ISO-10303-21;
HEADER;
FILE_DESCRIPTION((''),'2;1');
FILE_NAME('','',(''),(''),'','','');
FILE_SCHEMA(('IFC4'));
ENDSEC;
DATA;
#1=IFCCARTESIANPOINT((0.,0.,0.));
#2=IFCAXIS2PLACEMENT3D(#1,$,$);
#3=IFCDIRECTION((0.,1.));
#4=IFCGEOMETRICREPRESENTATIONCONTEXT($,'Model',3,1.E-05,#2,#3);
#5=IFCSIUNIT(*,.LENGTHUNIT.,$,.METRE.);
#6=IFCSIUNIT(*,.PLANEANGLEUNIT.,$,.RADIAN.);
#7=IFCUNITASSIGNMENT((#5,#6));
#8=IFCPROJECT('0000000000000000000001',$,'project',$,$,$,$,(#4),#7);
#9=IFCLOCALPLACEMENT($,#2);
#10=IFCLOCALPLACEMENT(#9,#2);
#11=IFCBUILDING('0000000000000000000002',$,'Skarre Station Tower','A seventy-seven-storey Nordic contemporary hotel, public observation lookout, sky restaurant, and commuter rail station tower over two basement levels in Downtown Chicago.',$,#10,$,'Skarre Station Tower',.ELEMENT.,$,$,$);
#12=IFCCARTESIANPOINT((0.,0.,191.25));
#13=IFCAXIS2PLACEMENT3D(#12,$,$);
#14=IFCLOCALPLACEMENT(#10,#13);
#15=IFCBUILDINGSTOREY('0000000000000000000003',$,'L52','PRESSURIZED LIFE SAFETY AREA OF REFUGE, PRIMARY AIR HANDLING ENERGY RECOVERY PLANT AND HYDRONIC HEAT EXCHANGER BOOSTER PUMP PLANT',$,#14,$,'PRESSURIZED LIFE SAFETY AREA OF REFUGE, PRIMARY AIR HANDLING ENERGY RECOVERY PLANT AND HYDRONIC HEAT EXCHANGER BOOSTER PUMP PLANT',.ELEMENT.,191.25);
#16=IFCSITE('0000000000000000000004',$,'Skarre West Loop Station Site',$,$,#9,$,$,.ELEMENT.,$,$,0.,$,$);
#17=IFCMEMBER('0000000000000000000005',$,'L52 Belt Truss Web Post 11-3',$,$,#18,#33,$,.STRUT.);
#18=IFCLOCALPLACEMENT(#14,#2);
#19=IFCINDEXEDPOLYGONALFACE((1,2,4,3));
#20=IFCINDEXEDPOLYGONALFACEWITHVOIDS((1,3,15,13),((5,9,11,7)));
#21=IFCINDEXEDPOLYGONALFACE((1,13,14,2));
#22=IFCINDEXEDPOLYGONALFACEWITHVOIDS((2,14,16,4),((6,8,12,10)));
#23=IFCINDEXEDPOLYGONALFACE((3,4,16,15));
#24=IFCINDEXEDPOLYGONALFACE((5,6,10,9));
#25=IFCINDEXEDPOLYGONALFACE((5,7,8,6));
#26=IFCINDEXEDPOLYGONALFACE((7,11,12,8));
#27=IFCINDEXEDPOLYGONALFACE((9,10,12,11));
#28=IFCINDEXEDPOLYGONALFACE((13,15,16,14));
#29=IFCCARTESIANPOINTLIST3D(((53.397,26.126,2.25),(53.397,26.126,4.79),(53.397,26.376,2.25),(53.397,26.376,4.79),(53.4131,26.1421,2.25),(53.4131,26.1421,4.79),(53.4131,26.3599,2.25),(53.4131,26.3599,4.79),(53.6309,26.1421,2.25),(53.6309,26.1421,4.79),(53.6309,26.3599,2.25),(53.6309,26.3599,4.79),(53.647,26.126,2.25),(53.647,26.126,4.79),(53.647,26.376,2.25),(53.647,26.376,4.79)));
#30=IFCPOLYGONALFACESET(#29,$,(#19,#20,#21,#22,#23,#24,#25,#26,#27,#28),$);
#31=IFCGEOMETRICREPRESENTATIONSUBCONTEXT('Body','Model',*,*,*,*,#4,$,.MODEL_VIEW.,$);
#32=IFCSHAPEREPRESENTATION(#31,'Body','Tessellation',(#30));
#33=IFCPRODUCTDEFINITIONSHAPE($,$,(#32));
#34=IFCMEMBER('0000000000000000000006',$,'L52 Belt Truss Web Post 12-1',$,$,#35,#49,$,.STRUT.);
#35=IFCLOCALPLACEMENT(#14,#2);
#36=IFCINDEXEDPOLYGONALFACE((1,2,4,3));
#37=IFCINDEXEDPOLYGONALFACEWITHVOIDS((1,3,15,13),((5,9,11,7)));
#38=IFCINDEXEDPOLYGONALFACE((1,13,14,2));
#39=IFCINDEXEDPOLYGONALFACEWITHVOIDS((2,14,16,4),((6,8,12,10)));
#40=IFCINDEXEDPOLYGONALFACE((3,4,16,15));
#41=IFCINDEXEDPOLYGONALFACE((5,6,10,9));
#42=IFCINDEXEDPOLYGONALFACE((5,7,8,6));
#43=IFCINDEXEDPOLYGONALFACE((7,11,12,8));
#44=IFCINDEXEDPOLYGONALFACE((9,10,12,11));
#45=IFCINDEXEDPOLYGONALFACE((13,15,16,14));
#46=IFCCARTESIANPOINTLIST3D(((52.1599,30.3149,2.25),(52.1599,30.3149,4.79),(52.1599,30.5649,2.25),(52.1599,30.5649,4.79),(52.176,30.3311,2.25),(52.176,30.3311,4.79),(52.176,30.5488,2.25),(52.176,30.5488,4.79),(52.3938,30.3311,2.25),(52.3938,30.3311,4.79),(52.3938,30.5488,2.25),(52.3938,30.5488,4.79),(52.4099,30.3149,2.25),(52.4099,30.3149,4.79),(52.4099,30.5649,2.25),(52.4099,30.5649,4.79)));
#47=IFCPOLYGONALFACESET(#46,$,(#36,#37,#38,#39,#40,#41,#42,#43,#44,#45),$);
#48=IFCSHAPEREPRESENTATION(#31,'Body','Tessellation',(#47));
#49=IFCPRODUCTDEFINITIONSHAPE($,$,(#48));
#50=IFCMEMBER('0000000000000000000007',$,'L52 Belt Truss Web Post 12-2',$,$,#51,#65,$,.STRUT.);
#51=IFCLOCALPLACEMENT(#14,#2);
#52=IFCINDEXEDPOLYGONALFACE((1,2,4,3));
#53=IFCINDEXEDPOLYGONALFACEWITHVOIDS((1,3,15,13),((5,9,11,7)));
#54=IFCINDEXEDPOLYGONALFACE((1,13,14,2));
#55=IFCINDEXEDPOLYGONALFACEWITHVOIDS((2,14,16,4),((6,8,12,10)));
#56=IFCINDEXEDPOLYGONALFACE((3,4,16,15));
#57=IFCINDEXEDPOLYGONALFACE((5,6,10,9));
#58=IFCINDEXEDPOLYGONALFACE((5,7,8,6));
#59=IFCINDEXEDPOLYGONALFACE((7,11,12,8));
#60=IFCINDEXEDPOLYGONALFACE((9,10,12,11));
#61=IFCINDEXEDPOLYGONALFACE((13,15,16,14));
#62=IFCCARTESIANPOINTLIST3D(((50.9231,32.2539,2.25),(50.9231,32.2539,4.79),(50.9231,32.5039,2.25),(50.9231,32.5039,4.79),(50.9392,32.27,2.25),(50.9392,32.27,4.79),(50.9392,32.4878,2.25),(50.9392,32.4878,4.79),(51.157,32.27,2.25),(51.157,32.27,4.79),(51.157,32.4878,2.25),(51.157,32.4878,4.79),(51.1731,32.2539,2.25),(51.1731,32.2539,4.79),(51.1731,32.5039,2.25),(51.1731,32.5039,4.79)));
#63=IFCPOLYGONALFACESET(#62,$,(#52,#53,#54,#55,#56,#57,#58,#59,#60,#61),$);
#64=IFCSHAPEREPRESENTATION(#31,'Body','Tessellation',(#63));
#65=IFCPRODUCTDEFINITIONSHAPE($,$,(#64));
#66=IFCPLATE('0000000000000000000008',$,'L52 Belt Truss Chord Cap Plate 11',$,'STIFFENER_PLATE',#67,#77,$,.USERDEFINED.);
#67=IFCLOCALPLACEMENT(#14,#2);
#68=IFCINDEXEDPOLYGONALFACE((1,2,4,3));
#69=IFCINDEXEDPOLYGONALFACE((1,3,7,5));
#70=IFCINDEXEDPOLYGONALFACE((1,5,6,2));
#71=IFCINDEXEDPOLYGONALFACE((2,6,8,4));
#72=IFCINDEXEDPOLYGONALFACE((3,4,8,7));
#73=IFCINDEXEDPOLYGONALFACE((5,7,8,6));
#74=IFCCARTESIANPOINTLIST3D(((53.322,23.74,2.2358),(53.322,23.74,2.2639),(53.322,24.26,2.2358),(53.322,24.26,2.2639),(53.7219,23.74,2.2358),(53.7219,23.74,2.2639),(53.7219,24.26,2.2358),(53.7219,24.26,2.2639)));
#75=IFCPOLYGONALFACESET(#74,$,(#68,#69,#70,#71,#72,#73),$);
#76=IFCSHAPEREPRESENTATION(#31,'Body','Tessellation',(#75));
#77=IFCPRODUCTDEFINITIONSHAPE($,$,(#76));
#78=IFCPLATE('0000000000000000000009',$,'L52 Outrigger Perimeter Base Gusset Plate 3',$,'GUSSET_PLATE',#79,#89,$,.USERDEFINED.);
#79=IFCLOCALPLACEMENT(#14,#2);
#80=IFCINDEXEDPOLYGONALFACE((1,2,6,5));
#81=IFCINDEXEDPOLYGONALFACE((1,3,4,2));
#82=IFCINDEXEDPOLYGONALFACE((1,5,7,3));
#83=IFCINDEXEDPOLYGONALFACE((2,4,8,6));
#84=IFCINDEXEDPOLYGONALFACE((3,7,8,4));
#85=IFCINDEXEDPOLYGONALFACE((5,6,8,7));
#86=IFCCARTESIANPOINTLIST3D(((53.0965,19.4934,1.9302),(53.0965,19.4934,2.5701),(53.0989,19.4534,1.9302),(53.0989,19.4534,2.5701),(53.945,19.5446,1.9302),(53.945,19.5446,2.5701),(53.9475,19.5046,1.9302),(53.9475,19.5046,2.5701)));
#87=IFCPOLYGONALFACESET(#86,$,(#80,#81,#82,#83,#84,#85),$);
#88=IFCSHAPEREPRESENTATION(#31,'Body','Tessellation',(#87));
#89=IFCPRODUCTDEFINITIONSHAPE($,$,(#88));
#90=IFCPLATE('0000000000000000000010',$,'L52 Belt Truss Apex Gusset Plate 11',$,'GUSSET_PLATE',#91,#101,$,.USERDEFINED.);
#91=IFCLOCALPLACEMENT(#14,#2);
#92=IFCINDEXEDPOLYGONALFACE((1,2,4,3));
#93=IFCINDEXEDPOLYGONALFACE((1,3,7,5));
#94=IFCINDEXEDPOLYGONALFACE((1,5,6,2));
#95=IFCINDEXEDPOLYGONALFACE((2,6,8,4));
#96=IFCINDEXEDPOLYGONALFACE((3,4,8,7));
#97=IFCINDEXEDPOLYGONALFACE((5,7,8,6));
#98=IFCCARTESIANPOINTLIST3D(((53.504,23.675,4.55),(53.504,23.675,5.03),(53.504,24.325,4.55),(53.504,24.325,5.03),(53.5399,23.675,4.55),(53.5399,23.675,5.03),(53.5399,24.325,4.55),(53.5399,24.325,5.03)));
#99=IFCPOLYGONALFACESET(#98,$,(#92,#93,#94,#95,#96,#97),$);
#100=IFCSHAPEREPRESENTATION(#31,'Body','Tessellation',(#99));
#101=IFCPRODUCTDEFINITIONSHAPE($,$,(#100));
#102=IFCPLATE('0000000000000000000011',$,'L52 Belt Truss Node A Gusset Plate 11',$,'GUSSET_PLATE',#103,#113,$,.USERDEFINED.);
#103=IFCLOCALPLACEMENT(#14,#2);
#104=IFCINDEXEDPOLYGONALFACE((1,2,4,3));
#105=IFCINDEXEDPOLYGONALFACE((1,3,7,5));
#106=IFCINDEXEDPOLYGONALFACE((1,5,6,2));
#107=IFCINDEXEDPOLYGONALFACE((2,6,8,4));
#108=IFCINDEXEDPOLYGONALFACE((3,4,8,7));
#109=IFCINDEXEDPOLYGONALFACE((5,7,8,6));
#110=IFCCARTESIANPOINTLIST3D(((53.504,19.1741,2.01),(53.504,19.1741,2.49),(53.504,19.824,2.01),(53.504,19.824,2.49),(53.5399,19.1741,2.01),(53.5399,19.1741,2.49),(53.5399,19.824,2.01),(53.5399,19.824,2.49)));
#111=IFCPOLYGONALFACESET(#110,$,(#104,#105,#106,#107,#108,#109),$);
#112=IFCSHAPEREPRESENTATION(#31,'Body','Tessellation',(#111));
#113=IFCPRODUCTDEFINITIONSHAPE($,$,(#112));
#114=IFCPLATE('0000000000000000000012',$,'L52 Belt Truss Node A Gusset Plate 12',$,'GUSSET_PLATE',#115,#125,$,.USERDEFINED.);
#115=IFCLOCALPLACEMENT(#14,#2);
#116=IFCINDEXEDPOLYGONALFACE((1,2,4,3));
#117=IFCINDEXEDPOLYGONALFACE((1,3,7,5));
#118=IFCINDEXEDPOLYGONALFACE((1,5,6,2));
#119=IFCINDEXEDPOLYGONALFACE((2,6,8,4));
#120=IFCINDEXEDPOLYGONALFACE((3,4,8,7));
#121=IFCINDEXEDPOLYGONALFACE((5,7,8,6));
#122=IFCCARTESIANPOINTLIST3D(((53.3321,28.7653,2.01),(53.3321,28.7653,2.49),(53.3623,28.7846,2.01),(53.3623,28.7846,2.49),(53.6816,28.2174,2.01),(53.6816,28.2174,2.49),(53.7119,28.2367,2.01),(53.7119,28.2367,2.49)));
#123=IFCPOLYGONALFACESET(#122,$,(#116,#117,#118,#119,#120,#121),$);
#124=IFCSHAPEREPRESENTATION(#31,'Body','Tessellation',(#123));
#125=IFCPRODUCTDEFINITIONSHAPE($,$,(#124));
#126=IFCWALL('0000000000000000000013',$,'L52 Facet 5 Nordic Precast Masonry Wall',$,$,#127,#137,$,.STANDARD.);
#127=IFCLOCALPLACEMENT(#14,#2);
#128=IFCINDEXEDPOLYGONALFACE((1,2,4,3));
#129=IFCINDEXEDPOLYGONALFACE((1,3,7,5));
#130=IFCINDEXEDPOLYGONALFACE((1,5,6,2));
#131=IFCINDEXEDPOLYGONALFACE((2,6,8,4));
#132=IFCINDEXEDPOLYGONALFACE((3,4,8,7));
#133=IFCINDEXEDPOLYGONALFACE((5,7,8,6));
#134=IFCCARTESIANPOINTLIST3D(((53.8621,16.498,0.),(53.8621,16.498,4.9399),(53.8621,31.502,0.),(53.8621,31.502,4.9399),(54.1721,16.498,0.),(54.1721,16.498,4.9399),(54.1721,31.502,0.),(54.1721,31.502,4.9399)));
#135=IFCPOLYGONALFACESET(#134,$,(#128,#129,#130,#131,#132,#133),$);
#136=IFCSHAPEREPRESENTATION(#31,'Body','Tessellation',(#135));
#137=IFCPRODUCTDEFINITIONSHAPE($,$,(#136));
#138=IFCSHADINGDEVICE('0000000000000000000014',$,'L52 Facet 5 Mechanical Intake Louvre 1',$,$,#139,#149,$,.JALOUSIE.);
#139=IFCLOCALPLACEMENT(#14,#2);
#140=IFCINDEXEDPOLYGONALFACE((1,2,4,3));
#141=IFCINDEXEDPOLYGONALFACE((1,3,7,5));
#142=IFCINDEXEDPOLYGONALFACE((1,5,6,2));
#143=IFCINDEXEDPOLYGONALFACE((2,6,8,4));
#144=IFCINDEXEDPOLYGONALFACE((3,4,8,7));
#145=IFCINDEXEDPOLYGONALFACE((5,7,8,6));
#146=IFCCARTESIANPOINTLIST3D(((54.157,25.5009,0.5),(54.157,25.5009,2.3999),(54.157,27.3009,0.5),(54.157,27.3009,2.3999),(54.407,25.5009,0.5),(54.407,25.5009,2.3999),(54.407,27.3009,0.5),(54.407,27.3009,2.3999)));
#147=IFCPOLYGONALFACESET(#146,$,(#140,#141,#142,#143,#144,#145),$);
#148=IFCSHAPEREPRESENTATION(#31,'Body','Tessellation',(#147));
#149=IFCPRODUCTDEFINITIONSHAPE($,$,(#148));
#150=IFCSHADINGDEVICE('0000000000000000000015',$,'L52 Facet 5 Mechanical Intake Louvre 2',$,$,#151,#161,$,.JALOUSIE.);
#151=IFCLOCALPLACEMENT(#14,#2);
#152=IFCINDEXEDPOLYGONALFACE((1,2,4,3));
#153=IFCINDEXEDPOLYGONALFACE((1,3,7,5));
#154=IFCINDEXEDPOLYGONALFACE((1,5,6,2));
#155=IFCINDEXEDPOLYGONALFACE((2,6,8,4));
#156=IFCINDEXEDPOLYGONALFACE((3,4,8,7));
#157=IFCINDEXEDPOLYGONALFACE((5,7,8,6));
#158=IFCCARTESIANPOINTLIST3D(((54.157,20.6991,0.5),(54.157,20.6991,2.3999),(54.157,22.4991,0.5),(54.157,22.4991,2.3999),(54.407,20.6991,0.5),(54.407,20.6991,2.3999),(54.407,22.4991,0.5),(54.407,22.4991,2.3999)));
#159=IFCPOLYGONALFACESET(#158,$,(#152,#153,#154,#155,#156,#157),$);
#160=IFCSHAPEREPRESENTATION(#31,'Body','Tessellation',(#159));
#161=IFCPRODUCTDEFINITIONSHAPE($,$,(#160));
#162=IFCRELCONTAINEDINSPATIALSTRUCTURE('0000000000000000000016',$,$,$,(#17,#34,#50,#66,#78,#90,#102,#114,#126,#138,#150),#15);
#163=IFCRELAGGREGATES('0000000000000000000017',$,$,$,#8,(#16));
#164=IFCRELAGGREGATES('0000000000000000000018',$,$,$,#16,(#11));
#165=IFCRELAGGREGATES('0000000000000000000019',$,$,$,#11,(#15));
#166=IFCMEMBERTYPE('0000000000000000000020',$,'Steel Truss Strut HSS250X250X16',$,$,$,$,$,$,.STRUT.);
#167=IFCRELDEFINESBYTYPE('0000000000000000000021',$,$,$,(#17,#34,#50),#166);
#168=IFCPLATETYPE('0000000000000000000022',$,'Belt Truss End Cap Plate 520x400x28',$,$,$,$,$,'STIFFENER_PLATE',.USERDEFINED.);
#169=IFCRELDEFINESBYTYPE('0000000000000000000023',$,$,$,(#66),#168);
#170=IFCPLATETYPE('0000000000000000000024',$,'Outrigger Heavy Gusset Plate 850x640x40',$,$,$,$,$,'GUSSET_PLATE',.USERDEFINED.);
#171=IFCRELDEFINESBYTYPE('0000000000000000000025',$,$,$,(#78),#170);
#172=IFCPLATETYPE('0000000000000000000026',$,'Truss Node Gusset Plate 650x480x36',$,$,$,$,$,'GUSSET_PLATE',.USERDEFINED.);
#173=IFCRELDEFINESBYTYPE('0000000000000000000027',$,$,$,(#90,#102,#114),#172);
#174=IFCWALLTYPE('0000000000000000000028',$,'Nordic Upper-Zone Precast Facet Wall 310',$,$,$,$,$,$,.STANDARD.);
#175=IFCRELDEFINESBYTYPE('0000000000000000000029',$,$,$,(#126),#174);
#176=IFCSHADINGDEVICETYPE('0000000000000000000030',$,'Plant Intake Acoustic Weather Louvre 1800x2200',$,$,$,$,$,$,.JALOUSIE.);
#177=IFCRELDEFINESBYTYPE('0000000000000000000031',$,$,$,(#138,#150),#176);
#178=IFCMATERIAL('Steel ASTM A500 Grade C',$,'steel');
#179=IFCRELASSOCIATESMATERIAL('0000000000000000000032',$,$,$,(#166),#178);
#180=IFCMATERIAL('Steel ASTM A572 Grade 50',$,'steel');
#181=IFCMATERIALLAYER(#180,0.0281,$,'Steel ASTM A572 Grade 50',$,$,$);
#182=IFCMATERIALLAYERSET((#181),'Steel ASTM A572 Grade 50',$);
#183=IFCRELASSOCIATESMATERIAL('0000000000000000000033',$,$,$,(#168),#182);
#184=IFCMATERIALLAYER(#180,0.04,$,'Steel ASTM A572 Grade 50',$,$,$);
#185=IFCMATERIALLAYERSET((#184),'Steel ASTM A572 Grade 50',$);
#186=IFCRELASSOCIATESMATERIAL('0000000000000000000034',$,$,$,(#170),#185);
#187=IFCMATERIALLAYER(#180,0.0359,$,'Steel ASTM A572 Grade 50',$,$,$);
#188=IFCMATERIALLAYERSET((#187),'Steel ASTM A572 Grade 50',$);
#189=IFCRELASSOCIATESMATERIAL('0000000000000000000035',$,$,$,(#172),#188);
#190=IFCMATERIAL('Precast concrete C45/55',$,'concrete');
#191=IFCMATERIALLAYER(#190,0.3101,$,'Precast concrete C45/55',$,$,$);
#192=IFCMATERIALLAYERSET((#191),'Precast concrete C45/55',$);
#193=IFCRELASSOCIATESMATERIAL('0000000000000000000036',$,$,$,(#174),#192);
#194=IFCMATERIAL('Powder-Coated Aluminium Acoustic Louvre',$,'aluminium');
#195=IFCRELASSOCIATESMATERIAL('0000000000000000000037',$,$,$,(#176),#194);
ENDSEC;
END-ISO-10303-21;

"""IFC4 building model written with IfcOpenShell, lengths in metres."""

from ifc_helpers import new_model, si_unit, direction, frame, frame_2d, origin, origin_2d, place, context, subcontext, project, spatial, rectangle, hollow_rectangle, extrude, material, layer, layer_set, material_profile, profile_set, type_object, element, save


model = new_model("IFC4")

# Units and contexts
model_context = context("Model", 3, precision=1e-05, world=origin(), true_north=direction((0.0, 1.0)))
body_context = subcontext(model_context, "Body", "Model", "MODEL_VIEW")
ifc_project = project(units=[si_unit("LENGTHUNIT", "METRE"), si_unit("PLANEANGLEUNIT", "RADIAN")], contexts=[model_context])

# Site, building, storey
site_placement = place(None, origin())
site = spatial("IfcSite", under=ifc_project, at=site_placement, Name="Skarre West Loop Station Site", CompositionType="ELEMENT", RefElevation=0.0)
building_placement = place(site_placement, origin())
building = spatial("IfcBuilding", under=site, at=building_placement, Name="Skarre Station Tower", Description="A seventy-seven-storey Nordic contemporary hotel, public observation lookout, sky restaurant, and commuter rail station tower over two basement levels in Downtown Chicago.", LongName="Skarre Station Tower", CompositionType="ELEMENT")
storey_placement = place(building_placement, frame((0.0, 0.0, 191.25)))
storey = spatial("IfcBuildingStorey", under=building, at=storey_placement, Name="L52", Description="PRESSURIZED LIFE SAFETY AREA OF REFUGE, PRIMARY AIR HANDLING ENERGY RECOVERY PLANT AND HYDRONIC HEAT EXCHANGER BOOSTER PUMP PLANT", LongName="PRESSURIZED LIFE SAFETY AREA OF REFUGE, PRIMARY AIR HANDLING ENERGY RECOVERY PLANT AND HYDRONIC HEAT EXCHANGER BOOSTER PUMP PLANT", CompositionType="ELEMENT", Elevation=191.25)

# Members
ifc_material_1 = material(Name="Steel ASTM A500 Grade C", Category="steel")
ifc_material_profile_1 = material_profile(ifc_material_1, hollow_rectangle(XDim=0.25, YDim=0.25, WallThickness=0.0161, at=origin_2d()), Name="Steel ASTM A500 Grade C")
ifc_profile_set_1 = profile_set([ifc_material_profile_1], Name="Steel ASTM A500 Grade C")
member_type_1 = type_object("IfcMemberType", Name="Steel Truss Strut HSS250X250X16", PredefinedType="STRUT", material=ifc_profile_set_1)
for number, where, z_axis, x_axis, name in (
    (1, (53.522, 26.251, 2.25), (0.0, 0.0, 1.0), (1.0, 0.0, 0.0), "L52 Belt Truss Web Post 11-3"),
    (2, (52.2849, 30.4399, 2.25), (0.0, 0.0, 1.0), (1.0, 0.0, 0.0), "L52 Belt Truss Web Post 12-1"),
    (3, (51.0481, 32.3789, 2.25), (0.0, 0.0, 1.0), (1.0, 0.0, 0.0), "L52 Belt Truss Web Post 12-2"),
):
    element("IfcMember", number, at=place(storey_placement, frame(where, z_axis=z_axis, x_axis=x_axis)), inside=storey, type_object=member_type_1, Name=name, PredefinedType="STRUT", context=body_context, shape_type="SweptSolid", body=[
        extrude(hollow_rectangle(XDim=0.25, YDim=0.25, WallThickness=0.0161, at=origin_2d()), origin(), (0.0, 0.0, 1.0), 2.54),
    ])

# Plates
ifc_material_2 = material(Name="Steel ASTM A572 Grade 50", Category="steel")
ifc_layer_1 = layer(ifc_material_2, 0.0281, Name="Steel ASTM A572 Grade 50")
ifc_layer_set_1 = layer_set([ifc_layer_1], Name="Steel ASTM A572 Grade 50")
plate_type_1 = type_object("IfcPlateType", Name="Belt Truss End Cap Plate 520x400x28", ElementType="STIFFENER_PLATE", PredefinedType="USERDEFINED", material=ifc_layer_set_1)
plate_1_placement = place(storey_placement, frame((53.522, 24.0, 2.2358), z_axis=(0.0, 0.0, 1.0), x_axis=(0.0, 1.0, 0.0)))
element("IfcPlate", 4, at=plate_1_placement, inside=storey, type_object=plate_type_1, Name="L52 Belt Truss Chord Cap Plate 11", ObjectType="STIFFENER_PLATE", PredefinedType="USERDEFINED", context=body_context, shape_type="SweptSolid", body=[
    extrude(rectangle(XDim=0.52, YDim=0.3999, at=origin_2d()), origin(), (0.0, 0.0, 1.0), 0.0281),
])
ifc_layer_2 = layer(ifc_material_2, 0.04, Name="Steel ASTM A572 Grade 50")
ifc_layer_set_2 = layer_set([ifc_layer_2], Name="Steel ASTM A572 Grade 50")
plate_type_2 = type_object("IfcPlateType", Name="Outrigger Heavy Gusset Plate 850x640x40", ElementType="GUSSET_PLATE", PredefinedType="USERDEFINED", material=ifc_layer_set_2)
plate_2_placement = place(storey_placement, frame((53.522, 19.499, 1.9302), z_axis=(0.0, 0.0, 1.0), x_axis=(0.998185, 0.06023, 0.0)))
element("IfcPlate", 5, at=plate_2_placement, inside=storey, type_object=plate_type_2, Name="L52 Outrigger Perimeter Base Gusset Plate 3", ObjectType="GUSSET_PLATE", PredefinedType="USERDEFINED", context=body_context, shape_type="SweptSolid", body=[
    extrude(rectangle(XDim=0.8501, YDim=0.04, at=origin_2d()), origin(), (0.0, 0.0, 1.0), 0.6399),
])
ifc_layer_3 = layer(ifc_material_2, 0.0359, Name="Steel ASTM A572 Grade 50")
ifc_layer_set_3 = layer_set([ifc_layer_3], Name="Steel ASTM A572 Grade 50")
plate_type_3 = type_object("IfcPlateType", Name="Truss Node Gusset Plate 650x480x36", ElementType="GUSSET_PLATE", PredefinedType="USERDEFINED", material=ifc_layer_set_3)
for number, where, z_axis, x_axis, name in (
    (6, (53.522, 24.0, 4.55), (0.0, 0.0, 1.0), (0.0, 1.0, 0.0), "L52 Belt Truss Apex Gusset Plate 11"),
    (7, (53.522, 19.499, 2.01), (0.0, 0.0, 1.0), (0.0, 1.0, 0.0), "L52 Belt Truss Node A Gusset Plate 11"),
    (8, (53.522, 28.501, 2.01), (0.0, 0.0, 1.0), (-0.537829, 0.843054, 0.0), "L52 Belt Truss Node A Gusset Plate 12"),
):
    element("IfcPlate", number, at=place(storey_placement, frame(where, z_axis=z_axis, x_axis=x_axis)), inside=storey, type_object=plate_type_3, Name=name, ObjectType="GUSSET_PLATE", PredefinedType="USERDEFINED", context=body_context, shape_type="SweptSolid", body=[
        extrude(rectangle(XDim=0.6499, YDim=0.0359, at=origin_2d()), origin(), (0.0, 0.0, 1.0), 0.48),
    ])

# Wall
ifc_material_3 = material(Name="Precast concrete C45/55", Category="concrete")
ifc_layer_4 = layer(ifc_material_3, 0.3101, Name="Precast concrete C45/55")
ifc_layer_set_4 = layer_set([ifc_layer_4], Name="Precast concrete C45/55")
wall_type = type_object("IfcWallType", Name="Nordic Upper-Zone Precast Facet Wall 310", PredefinedType="STANDARD", material=ifc_layer_set_4)
wall_placement = place(storey_placement, frame((54.0171, 31.502, 0.0), z_axis=(0.0, 0.0, 1.0), x_axis=(0.0, -1.0, 0.0)))
element("IfcWall", 9, at=wall_placement, inside=storey, type_object=wall_type, Name="L52 Facet 5 Nordic Precast Masonry Wall", PredefinedType="STANDARD", context=body_context, shape_type="SweptSolid", body=[
    extrude(rectangle(XDim=15.0039, YDim=0.3101, at=frame_2d((7.502, 0.0))), origin(), (0.0, 0.0, 1.0), 4.9399),
])

# Shading devices
ifc_material_4 = material(Name="Powder-Coated Aluminium Acoustic Louvre", Category="aluminium")
shading_device_type = type_object("IfcShadingDeviceType", Name="Plant Intake Acoustic Weather Louvre 1800x2200", PredefinedType="JALOUSIE", material=ifc_material_4)
for number, where, z_axis, x_axis, name in (
    (10, (54.282, 26.4009, 0.5), (0.0, 0.0, 1.0), (1.0, 0.0, 0.0), "L52 Facet 5 Mechanical Intake Louvre 1"),
    (11, (54.282, 21.5991, 0.5), (0.0, 0.0, 1.0), (1.0, 0.0, 0.0), "L52 Facet 5 Mechanical Intake Louvre 2"),
):
    element("IfcShadingDevice", number, at=place(storey_placement, frame(where, z_axis=z_axis, x_axis=x_axis)), inside=storey, type_object=shading_device_type, Name=name, PredefinedType="JALOUSIE", context=body_context, shape_type="SweptSolid", body=[
        extrude(rectangle(XDim=0.25, YDim=1.8, at=origin_2d()), origin(), (0.0, 0.0, 1.0), 1.8999),
    ])

save(model, "model.ifc")
